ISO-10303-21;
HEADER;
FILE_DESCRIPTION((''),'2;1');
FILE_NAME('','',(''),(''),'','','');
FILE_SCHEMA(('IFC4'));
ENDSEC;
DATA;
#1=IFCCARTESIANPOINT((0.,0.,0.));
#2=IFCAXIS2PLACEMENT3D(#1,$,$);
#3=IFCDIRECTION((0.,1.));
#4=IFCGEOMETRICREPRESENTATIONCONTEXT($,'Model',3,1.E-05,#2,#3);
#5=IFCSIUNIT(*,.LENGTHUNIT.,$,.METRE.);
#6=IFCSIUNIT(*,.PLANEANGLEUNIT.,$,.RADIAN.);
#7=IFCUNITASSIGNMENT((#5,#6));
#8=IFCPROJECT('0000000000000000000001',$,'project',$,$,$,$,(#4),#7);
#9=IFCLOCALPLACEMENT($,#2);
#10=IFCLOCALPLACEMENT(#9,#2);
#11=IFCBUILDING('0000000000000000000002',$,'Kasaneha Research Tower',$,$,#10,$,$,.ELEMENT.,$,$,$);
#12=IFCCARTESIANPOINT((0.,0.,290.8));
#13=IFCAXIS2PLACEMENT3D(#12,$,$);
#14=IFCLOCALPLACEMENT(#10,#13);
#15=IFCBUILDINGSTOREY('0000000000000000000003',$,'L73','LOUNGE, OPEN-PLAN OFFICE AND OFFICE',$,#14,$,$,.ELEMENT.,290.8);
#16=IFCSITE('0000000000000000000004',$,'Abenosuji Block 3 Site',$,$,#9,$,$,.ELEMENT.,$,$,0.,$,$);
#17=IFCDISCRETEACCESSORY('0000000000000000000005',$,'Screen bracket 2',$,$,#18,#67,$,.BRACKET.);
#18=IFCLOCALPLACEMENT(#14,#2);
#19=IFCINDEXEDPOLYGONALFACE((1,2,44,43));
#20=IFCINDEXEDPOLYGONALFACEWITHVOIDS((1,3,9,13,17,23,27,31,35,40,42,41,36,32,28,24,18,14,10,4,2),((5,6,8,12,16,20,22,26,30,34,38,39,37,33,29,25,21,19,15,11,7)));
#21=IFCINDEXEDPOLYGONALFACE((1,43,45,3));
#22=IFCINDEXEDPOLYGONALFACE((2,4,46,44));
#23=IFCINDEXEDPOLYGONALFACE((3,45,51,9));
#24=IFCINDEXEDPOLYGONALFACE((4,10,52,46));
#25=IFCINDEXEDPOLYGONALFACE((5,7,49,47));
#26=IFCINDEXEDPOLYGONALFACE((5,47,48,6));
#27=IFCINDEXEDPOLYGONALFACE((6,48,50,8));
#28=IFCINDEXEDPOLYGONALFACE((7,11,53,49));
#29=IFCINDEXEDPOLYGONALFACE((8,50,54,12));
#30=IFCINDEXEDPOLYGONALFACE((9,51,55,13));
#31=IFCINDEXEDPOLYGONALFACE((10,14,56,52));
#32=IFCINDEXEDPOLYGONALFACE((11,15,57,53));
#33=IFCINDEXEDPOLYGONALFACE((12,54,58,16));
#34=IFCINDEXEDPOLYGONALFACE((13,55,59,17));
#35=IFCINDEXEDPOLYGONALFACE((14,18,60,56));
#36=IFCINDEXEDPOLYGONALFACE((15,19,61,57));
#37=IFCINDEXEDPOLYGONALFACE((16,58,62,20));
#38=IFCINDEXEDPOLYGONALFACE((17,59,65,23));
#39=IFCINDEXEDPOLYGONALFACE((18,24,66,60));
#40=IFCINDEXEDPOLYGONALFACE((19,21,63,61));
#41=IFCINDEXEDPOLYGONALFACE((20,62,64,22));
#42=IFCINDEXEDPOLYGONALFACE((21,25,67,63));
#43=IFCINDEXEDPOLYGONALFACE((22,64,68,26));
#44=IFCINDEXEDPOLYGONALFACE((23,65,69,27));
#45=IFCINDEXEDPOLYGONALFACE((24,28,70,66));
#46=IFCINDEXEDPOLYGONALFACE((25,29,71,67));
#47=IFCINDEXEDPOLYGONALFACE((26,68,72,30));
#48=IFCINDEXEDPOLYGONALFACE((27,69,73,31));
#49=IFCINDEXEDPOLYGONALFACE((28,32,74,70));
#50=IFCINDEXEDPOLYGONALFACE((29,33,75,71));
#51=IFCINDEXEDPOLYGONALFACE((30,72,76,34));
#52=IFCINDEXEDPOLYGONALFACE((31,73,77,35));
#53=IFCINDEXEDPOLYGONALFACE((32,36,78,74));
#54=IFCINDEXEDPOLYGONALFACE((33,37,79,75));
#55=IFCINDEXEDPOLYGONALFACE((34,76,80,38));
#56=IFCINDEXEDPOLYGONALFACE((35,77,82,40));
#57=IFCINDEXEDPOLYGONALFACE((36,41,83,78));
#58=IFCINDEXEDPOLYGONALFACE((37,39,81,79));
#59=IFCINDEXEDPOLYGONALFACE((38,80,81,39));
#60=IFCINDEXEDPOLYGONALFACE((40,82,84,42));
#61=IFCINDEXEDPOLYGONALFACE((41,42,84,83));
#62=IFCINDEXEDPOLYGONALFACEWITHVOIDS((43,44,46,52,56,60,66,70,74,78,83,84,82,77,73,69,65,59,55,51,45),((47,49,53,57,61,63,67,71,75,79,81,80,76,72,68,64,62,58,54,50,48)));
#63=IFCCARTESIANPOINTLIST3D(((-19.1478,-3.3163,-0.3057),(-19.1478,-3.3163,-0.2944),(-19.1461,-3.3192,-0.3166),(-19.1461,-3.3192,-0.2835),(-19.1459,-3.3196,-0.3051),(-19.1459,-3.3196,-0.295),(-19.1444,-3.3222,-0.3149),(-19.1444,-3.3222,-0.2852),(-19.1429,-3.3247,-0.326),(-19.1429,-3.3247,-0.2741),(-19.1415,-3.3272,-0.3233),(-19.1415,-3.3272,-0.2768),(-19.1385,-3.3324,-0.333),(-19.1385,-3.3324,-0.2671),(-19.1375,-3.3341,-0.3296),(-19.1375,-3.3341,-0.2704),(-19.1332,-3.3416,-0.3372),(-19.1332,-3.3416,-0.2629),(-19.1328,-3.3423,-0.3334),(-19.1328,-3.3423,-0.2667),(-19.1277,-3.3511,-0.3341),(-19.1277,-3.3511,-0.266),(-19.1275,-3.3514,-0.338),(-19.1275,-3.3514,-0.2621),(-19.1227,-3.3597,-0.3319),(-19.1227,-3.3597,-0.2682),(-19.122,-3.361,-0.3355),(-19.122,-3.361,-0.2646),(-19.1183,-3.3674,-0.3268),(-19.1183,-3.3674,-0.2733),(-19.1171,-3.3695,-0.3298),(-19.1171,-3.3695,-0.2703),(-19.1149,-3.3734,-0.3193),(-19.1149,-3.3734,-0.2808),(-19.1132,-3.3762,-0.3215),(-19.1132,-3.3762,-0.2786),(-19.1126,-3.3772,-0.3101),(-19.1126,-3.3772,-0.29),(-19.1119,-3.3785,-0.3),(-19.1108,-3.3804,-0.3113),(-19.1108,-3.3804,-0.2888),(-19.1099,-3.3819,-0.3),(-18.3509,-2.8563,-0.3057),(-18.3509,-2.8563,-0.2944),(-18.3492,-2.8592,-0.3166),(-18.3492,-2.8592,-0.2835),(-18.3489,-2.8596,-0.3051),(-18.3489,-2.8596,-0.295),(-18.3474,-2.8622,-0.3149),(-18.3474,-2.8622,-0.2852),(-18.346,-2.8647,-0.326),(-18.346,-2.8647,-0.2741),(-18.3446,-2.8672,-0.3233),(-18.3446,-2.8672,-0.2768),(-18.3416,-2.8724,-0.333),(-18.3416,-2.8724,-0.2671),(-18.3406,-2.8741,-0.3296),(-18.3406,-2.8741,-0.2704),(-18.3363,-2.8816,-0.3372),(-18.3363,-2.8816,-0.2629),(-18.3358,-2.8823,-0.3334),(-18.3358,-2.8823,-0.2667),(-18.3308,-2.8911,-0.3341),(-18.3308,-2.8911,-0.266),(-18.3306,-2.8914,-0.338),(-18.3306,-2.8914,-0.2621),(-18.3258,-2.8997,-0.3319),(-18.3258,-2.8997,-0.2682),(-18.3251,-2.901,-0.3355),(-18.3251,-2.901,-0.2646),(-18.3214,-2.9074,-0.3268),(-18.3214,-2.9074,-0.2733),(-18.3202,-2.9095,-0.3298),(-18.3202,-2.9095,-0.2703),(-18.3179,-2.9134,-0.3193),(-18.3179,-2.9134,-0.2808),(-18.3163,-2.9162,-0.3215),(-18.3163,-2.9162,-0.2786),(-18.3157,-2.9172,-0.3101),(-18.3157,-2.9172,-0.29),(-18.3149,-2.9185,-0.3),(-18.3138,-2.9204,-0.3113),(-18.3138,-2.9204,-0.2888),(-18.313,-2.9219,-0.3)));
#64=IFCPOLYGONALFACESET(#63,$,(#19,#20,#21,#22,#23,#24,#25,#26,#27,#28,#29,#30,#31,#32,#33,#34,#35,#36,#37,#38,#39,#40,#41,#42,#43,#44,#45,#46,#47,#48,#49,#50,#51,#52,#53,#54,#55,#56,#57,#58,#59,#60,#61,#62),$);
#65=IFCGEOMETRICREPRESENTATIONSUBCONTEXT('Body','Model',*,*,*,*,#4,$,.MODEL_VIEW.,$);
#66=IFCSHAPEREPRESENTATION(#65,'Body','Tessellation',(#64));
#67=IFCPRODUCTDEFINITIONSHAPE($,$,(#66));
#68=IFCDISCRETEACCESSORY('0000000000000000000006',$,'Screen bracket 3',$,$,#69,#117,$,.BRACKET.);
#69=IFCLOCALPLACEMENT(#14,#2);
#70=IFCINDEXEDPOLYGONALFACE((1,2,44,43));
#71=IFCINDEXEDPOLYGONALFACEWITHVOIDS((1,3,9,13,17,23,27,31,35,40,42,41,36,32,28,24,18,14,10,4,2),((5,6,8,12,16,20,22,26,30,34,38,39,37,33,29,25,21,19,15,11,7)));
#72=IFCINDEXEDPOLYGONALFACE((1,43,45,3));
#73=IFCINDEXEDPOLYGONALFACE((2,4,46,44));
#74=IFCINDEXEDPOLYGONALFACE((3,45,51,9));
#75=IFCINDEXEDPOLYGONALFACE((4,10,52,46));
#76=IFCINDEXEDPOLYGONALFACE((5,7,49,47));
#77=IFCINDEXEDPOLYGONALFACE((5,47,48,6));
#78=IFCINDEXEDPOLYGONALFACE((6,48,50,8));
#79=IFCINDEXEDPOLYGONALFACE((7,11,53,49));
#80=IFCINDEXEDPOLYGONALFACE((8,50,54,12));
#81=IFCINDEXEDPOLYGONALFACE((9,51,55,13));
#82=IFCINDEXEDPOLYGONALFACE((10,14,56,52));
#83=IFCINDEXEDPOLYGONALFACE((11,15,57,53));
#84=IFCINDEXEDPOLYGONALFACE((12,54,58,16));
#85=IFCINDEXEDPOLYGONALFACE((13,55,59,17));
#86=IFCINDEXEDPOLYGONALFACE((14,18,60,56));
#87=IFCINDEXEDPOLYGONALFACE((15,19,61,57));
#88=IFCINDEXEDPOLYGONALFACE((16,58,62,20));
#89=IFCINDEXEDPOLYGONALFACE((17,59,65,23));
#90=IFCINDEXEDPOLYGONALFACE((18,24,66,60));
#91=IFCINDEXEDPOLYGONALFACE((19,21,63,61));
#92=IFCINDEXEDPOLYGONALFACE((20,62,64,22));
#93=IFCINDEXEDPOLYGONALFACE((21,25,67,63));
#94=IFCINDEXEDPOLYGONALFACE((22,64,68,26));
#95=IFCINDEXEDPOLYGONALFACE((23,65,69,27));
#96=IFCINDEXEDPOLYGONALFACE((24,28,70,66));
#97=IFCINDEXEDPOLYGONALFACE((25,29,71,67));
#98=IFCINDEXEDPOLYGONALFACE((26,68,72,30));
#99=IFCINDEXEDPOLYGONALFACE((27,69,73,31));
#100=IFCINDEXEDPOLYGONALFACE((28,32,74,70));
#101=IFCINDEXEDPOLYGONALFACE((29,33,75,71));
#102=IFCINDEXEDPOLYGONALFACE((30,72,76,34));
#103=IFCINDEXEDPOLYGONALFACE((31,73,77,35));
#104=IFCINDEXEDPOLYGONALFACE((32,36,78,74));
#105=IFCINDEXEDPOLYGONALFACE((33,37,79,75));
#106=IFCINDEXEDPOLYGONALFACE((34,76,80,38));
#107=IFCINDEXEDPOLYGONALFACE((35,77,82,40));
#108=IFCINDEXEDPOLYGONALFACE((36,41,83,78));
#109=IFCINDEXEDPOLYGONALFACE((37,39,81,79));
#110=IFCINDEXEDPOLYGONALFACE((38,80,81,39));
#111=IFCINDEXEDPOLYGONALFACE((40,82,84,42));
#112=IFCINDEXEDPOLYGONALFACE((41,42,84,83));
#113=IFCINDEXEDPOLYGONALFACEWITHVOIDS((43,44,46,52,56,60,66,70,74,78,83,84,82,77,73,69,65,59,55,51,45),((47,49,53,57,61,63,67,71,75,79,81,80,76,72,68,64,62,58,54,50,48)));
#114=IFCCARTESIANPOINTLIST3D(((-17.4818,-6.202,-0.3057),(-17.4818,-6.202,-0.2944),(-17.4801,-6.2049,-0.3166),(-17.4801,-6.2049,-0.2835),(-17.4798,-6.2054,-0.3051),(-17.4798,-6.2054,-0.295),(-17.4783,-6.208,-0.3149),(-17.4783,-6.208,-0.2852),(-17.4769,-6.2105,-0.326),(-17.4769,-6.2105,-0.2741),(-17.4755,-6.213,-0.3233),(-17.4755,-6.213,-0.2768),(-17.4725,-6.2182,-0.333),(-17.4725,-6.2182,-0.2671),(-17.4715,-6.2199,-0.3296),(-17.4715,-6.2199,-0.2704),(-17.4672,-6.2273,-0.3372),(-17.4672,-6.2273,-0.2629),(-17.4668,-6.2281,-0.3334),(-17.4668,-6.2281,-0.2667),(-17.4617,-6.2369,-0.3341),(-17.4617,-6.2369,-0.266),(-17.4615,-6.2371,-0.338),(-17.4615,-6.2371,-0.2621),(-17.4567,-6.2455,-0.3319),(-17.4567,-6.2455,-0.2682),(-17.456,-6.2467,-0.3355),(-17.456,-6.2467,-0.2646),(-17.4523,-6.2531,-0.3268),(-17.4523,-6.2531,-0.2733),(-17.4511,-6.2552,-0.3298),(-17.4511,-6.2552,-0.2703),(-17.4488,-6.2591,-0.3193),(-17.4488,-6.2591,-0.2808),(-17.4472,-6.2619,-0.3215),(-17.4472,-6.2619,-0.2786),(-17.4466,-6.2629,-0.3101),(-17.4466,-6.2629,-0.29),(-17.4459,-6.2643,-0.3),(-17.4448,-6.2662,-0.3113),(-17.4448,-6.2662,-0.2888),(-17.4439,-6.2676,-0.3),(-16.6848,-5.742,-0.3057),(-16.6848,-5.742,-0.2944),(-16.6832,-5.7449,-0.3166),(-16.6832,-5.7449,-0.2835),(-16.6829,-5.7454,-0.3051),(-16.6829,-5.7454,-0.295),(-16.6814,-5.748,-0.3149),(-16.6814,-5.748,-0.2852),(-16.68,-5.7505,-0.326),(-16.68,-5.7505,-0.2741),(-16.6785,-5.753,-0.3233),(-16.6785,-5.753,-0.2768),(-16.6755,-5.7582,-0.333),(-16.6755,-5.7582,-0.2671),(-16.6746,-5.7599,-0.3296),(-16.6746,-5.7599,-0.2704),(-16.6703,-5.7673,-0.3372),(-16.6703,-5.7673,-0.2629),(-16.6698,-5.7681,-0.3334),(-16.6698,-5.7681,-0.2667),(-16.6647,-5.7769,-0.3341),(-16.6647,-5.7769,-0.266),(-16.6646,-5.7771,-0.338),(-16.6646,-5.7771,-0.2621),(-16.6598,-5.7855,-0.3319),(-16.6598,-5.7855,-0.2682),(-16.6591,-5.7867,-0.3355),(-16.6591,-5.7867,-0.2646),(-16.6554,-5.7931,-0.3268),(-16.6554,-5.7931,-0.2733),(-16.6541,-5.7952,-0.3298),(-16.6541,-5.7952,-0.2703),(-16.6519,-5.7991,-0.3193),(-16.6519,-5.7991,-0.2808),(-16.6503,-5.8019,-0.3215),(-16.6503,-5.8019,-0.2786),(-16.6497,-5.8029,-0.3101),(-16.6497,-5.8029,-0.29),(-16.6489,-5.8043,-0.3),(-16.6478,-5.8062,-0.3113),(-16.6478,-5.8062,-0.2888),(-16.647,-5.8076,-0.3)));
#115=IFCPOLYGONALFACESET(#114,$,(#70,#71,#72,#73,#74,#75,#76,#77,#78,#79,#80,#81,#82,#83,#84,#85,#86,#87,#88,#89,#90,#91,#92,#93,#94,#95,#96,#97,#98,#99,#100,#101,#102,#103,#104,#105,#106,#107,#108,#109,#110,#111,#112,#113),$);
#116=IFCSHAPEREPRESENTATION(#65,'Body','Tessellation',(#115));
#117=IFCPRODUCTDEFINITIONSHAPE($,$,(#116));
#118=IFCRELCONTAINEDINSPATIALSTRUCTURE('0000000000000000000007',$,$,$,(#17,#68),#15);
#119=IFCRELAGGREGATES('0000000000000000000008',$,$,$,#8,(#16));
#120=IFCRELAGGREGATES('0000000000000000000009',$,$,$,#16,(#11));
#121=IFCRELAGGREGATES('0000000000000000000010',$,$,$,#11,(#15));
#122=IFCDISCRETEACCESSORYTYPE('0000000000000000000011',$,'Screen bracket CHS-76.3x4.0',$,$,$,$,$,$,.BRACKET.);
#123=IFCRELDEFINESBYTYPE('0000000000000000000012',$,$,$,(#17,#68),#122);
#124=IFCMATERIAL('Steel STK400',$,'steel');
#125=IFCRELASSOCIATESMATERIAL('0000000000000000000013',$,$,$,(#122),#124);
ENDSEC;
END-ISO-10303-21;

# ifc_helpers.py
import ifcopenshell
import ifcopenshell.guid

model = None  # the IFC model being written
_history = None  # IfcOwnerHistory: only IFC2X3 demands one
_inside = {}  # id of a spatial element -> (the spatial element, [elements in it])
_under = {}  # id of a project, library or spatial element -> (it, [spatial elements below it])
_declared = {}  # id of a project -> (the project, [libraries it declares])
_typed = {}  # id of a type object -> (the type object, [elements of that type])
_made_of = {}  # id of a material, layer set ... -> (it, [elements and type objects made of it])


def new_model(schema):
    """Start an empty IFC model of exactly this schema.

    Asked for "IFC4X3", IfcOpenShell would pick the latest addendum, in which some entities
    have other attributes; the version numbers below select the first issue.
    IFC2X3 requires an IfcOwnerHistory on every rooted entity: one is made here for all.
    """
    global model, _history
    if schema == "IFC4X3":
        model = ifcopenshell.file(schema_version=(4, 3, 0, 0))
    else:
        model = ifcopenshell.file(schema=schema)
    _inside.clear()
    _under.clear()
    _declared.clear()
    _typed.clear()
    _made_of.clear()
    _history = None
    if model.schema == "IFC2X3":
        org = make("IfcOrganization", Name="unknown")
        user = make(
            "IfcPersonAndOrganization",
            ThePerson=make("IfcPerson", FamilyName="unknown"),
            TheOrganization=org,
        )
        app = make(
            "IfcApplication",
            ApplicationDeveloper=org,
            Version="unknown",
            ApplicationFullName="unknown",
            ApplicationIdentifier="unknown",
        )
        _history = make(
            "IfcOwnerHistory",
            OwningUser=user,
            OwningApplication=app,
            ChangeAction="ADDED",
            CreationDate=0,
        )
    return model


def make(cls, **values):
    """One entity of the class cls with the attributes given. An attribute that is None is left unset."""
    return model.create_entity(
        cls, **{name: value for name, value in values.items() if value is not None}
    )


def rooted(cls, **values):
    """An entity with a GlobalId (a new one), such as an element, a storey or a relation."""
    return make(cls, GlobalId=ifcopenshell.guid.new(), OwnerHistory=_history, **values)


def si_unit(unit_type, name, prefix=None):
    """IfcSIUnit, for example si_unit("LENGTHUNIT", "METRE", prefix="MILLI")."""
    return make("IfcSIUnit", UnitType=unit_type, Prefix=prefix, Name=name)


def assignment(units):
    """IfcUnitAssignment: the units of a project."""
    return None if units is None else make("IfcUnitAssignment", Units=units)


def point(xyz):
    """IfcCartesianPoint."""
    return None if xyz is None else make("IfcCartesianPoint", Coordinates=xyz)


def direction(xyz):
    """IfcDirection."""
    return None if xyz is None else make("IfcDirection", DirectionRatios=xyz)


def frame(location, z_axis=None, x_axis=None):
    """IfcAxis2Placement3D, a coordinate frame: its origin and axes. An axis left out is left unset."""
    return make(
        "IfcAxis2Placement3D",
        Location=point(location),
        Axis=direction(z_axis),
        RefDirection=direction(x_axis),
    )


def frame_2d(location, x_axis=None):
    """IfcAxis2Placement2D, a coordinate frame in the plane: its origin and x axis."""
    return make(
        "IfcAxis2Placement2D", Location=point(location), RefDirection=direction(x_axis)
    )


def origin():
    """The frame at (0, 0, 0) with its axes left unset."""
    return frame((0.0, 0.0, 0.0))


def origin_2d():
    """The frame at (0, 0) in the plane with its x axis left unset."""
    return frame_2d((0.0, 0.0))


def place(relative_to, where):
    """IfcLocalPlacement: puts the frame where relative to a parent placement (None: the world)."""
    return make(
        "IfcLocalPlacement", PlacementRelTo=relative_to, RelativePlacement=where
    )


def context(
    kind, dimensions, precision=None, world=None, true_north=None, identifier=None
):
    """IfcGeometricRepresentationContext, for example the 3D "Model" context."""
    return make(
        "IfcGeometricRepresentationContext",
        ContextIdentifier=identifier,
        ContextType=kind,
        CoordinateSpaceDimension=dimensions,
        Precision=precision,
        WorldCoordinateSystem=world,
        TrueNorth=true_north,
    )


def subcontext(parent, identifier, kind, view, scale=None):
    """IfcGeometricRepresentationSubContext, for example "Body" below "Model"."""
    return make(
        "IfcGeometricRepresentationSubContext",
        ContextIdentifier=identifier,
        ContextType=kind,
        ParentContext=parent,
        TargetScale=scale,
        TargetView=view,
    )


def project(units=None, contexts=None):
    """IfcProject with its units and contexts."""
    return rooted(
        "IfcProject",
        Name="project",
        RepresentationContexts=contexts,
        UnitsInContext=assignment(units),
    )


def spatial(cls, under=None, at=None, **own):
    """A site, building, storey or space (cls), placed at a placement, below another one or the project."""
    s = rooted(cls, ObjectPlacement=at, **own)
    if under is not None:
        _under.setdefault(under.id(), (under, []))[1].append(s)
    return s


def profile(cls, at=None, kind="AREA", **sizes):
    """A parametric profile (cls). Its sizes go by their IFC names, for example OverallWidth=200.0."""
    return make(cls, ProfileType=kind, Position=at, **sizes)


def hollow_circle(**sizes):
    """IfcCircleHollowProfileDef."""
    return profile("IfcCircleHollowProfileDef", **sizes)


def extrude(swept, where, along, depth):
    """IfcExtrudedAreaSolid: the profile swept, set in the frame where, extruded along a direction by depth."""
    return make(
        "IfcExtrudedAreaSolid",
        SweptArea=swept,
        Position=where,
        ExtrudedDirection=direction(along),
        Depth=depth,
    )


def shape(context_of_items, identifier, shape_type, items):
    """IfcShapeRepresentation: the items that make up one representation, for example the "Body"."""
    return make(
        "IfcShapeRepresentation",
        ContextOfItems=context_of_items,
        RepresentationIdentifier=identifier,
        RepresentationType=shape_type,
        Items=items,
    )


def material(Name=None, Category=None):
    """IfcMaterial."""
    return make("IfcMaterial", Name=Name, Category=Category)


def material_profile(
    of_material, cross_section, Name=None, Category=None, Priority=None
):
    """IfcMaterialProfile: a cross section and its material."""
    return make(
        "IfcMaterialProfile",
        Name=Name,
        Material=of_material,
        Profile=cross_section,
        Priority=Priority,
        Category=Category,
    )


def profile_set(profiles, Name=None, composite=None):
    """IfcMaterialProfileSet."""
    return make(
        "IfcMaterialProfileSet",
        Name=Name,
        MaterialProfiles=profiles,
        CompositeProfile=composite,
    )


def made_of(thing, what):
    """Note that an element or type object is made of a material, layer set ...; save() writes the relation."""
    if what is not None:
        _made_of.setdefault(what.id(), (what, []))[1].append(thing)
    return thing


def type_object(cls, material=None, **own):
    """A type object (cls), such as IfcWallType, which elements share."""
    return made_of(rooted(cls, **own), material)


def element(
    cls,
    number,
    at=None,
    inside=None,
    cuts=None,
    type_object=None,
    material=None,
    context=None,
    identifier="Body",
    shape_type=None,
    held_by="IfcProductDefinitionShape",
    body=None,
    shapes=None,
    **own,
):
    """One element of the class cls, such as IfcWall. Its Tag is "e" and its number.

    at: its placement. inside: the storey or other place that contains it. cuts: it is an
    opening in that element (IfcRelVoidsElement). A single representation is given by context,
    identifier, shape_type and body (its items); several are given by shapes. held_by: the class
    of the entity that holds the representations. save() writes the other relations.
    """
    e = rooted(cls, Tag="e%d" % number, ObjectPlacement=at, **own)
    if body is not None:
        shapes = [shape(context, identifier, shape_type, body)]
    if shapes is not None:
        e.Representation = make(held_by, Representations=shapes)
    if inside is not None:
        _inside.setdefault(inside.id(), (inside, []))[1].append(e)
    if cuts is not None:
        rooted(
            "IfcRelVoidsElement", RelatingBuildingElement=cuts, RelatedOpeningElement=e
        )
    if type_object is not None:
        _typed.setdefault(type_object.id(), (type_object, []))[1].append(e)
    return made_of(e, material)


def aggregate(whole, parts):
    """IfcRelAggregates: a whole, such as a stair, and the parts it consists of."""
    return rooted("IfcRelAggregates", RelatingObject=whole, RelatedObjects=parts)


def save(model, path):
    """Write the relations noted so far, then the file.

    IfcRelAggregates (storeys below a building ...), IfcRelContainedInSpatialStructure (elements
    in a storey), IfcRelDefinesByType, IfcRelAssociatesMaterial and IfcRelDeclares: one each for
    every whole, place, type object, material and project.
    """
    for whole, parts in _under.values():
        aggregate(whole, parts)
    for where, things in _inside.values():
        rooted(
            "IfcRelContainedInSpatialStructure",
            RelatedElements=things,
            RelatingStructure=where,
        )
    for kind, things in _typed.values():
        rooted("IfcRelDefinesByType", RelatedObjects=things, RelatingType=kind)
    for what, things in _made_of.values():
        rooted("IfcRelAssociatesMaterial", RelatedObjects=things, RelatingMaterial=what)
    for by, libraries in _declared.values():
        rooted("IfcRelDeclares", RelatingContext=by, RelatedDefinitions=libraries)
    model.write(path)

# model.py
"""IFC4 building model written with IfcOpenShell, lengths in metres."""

from ifc_helpers import new_model, si_unit, direction, frame, origin, origin_2d, place, context, subcontext, project, spatial, hollow_circle, extrude, material, material_profile, profile_set, type_object, element, save


model = new_model("IFC4")

# Units and contexts
model_context = context("Model", 3, precision=1e-05, world=origin(), true_north=direction((0.0, 1.0)))
body_context = subcontext(model_context, "Body", "Model", "MODEL_VIEW")
ifc_project = project(units=[si_unit("LENGTHUNIT", "METRE"), si_unit("PLANEANGLEUNIT", "RADIAN")], contexts=[model_context])

# Site, building, storey
site_placement = place(None, origin())
site = spatial("IfcSite", under=ifc_project, at=site_placement, Name="Abenosuji Block 3 Site", CompositionType="ELEMENT", RefElevation=0.0)
building_placement = place(site_placement, origin())
building = spatial("IfcBuilding", under=site, at=building_placement, Name="Kasaneha Research Tower", CompositionType="ELEMENT")
storey_placement = place(building_placement, frame((0.0, 0.0, 290.8)))
storey = spatial("IfcBuildingStorey", under=building, at=storey_placement, Name="L73", Description="LOUNGE, OPEN-PLAN OFFICE AND OFFICE", CompositionType="ELEMENT", Elevation=290.8)

# Discrete accessories
ifc_material_1 = material(Name="Steel STK400", Category="steel")
ifc_material_profile_1 = material_profile(ifc_material_1, hollow_circle(Radius=0.0381, WallThickness=0.0039, at=origin_2d()), Name="CHS-76.3x4.0")
ifc_profile_set_1 = profile_set([ifc_material_profile_1], Name="Steel STK400")
discrete_accessory_type = type_object("IfcDiscreteAccessoryType", Name="Screen bracket CHS-76.3x4.0", PredefinedType="BRACKET", material=ifc_profile_set_1)
for number, where, z_axis, x_axis, name in (
    (1, (-18.332, -2.8889, -0.3), (-0.86608, -0.499906, 0.0), (0.499906, -0.86608, 0.0), "Screen bracket 2"),
    (2, (-16.666, -5.7747, -0.3), (-0.86608, -0.499906, 0.0), (0.499906, -0.86608, 0.0), "Screen bracket 3"),
):
    element("IfcDiscreteAccessory", number, at=place(storey_placement, frame(where, z_axis=z_axis, x_axis=x_axis)), inside=storey, type_object=discrete_accessory_type, Name=name, PredefinedType="BRACKET", context=body_context, shape_type="SweptSolid", body=[
        extrude(hollow_circle(Radius=0.0381, WallThickness=0.0039, at=origin_2d()), origin(), (0.0, 0.0, 1.0), 0.9202),
    ])

save(model, "model.ifc")
